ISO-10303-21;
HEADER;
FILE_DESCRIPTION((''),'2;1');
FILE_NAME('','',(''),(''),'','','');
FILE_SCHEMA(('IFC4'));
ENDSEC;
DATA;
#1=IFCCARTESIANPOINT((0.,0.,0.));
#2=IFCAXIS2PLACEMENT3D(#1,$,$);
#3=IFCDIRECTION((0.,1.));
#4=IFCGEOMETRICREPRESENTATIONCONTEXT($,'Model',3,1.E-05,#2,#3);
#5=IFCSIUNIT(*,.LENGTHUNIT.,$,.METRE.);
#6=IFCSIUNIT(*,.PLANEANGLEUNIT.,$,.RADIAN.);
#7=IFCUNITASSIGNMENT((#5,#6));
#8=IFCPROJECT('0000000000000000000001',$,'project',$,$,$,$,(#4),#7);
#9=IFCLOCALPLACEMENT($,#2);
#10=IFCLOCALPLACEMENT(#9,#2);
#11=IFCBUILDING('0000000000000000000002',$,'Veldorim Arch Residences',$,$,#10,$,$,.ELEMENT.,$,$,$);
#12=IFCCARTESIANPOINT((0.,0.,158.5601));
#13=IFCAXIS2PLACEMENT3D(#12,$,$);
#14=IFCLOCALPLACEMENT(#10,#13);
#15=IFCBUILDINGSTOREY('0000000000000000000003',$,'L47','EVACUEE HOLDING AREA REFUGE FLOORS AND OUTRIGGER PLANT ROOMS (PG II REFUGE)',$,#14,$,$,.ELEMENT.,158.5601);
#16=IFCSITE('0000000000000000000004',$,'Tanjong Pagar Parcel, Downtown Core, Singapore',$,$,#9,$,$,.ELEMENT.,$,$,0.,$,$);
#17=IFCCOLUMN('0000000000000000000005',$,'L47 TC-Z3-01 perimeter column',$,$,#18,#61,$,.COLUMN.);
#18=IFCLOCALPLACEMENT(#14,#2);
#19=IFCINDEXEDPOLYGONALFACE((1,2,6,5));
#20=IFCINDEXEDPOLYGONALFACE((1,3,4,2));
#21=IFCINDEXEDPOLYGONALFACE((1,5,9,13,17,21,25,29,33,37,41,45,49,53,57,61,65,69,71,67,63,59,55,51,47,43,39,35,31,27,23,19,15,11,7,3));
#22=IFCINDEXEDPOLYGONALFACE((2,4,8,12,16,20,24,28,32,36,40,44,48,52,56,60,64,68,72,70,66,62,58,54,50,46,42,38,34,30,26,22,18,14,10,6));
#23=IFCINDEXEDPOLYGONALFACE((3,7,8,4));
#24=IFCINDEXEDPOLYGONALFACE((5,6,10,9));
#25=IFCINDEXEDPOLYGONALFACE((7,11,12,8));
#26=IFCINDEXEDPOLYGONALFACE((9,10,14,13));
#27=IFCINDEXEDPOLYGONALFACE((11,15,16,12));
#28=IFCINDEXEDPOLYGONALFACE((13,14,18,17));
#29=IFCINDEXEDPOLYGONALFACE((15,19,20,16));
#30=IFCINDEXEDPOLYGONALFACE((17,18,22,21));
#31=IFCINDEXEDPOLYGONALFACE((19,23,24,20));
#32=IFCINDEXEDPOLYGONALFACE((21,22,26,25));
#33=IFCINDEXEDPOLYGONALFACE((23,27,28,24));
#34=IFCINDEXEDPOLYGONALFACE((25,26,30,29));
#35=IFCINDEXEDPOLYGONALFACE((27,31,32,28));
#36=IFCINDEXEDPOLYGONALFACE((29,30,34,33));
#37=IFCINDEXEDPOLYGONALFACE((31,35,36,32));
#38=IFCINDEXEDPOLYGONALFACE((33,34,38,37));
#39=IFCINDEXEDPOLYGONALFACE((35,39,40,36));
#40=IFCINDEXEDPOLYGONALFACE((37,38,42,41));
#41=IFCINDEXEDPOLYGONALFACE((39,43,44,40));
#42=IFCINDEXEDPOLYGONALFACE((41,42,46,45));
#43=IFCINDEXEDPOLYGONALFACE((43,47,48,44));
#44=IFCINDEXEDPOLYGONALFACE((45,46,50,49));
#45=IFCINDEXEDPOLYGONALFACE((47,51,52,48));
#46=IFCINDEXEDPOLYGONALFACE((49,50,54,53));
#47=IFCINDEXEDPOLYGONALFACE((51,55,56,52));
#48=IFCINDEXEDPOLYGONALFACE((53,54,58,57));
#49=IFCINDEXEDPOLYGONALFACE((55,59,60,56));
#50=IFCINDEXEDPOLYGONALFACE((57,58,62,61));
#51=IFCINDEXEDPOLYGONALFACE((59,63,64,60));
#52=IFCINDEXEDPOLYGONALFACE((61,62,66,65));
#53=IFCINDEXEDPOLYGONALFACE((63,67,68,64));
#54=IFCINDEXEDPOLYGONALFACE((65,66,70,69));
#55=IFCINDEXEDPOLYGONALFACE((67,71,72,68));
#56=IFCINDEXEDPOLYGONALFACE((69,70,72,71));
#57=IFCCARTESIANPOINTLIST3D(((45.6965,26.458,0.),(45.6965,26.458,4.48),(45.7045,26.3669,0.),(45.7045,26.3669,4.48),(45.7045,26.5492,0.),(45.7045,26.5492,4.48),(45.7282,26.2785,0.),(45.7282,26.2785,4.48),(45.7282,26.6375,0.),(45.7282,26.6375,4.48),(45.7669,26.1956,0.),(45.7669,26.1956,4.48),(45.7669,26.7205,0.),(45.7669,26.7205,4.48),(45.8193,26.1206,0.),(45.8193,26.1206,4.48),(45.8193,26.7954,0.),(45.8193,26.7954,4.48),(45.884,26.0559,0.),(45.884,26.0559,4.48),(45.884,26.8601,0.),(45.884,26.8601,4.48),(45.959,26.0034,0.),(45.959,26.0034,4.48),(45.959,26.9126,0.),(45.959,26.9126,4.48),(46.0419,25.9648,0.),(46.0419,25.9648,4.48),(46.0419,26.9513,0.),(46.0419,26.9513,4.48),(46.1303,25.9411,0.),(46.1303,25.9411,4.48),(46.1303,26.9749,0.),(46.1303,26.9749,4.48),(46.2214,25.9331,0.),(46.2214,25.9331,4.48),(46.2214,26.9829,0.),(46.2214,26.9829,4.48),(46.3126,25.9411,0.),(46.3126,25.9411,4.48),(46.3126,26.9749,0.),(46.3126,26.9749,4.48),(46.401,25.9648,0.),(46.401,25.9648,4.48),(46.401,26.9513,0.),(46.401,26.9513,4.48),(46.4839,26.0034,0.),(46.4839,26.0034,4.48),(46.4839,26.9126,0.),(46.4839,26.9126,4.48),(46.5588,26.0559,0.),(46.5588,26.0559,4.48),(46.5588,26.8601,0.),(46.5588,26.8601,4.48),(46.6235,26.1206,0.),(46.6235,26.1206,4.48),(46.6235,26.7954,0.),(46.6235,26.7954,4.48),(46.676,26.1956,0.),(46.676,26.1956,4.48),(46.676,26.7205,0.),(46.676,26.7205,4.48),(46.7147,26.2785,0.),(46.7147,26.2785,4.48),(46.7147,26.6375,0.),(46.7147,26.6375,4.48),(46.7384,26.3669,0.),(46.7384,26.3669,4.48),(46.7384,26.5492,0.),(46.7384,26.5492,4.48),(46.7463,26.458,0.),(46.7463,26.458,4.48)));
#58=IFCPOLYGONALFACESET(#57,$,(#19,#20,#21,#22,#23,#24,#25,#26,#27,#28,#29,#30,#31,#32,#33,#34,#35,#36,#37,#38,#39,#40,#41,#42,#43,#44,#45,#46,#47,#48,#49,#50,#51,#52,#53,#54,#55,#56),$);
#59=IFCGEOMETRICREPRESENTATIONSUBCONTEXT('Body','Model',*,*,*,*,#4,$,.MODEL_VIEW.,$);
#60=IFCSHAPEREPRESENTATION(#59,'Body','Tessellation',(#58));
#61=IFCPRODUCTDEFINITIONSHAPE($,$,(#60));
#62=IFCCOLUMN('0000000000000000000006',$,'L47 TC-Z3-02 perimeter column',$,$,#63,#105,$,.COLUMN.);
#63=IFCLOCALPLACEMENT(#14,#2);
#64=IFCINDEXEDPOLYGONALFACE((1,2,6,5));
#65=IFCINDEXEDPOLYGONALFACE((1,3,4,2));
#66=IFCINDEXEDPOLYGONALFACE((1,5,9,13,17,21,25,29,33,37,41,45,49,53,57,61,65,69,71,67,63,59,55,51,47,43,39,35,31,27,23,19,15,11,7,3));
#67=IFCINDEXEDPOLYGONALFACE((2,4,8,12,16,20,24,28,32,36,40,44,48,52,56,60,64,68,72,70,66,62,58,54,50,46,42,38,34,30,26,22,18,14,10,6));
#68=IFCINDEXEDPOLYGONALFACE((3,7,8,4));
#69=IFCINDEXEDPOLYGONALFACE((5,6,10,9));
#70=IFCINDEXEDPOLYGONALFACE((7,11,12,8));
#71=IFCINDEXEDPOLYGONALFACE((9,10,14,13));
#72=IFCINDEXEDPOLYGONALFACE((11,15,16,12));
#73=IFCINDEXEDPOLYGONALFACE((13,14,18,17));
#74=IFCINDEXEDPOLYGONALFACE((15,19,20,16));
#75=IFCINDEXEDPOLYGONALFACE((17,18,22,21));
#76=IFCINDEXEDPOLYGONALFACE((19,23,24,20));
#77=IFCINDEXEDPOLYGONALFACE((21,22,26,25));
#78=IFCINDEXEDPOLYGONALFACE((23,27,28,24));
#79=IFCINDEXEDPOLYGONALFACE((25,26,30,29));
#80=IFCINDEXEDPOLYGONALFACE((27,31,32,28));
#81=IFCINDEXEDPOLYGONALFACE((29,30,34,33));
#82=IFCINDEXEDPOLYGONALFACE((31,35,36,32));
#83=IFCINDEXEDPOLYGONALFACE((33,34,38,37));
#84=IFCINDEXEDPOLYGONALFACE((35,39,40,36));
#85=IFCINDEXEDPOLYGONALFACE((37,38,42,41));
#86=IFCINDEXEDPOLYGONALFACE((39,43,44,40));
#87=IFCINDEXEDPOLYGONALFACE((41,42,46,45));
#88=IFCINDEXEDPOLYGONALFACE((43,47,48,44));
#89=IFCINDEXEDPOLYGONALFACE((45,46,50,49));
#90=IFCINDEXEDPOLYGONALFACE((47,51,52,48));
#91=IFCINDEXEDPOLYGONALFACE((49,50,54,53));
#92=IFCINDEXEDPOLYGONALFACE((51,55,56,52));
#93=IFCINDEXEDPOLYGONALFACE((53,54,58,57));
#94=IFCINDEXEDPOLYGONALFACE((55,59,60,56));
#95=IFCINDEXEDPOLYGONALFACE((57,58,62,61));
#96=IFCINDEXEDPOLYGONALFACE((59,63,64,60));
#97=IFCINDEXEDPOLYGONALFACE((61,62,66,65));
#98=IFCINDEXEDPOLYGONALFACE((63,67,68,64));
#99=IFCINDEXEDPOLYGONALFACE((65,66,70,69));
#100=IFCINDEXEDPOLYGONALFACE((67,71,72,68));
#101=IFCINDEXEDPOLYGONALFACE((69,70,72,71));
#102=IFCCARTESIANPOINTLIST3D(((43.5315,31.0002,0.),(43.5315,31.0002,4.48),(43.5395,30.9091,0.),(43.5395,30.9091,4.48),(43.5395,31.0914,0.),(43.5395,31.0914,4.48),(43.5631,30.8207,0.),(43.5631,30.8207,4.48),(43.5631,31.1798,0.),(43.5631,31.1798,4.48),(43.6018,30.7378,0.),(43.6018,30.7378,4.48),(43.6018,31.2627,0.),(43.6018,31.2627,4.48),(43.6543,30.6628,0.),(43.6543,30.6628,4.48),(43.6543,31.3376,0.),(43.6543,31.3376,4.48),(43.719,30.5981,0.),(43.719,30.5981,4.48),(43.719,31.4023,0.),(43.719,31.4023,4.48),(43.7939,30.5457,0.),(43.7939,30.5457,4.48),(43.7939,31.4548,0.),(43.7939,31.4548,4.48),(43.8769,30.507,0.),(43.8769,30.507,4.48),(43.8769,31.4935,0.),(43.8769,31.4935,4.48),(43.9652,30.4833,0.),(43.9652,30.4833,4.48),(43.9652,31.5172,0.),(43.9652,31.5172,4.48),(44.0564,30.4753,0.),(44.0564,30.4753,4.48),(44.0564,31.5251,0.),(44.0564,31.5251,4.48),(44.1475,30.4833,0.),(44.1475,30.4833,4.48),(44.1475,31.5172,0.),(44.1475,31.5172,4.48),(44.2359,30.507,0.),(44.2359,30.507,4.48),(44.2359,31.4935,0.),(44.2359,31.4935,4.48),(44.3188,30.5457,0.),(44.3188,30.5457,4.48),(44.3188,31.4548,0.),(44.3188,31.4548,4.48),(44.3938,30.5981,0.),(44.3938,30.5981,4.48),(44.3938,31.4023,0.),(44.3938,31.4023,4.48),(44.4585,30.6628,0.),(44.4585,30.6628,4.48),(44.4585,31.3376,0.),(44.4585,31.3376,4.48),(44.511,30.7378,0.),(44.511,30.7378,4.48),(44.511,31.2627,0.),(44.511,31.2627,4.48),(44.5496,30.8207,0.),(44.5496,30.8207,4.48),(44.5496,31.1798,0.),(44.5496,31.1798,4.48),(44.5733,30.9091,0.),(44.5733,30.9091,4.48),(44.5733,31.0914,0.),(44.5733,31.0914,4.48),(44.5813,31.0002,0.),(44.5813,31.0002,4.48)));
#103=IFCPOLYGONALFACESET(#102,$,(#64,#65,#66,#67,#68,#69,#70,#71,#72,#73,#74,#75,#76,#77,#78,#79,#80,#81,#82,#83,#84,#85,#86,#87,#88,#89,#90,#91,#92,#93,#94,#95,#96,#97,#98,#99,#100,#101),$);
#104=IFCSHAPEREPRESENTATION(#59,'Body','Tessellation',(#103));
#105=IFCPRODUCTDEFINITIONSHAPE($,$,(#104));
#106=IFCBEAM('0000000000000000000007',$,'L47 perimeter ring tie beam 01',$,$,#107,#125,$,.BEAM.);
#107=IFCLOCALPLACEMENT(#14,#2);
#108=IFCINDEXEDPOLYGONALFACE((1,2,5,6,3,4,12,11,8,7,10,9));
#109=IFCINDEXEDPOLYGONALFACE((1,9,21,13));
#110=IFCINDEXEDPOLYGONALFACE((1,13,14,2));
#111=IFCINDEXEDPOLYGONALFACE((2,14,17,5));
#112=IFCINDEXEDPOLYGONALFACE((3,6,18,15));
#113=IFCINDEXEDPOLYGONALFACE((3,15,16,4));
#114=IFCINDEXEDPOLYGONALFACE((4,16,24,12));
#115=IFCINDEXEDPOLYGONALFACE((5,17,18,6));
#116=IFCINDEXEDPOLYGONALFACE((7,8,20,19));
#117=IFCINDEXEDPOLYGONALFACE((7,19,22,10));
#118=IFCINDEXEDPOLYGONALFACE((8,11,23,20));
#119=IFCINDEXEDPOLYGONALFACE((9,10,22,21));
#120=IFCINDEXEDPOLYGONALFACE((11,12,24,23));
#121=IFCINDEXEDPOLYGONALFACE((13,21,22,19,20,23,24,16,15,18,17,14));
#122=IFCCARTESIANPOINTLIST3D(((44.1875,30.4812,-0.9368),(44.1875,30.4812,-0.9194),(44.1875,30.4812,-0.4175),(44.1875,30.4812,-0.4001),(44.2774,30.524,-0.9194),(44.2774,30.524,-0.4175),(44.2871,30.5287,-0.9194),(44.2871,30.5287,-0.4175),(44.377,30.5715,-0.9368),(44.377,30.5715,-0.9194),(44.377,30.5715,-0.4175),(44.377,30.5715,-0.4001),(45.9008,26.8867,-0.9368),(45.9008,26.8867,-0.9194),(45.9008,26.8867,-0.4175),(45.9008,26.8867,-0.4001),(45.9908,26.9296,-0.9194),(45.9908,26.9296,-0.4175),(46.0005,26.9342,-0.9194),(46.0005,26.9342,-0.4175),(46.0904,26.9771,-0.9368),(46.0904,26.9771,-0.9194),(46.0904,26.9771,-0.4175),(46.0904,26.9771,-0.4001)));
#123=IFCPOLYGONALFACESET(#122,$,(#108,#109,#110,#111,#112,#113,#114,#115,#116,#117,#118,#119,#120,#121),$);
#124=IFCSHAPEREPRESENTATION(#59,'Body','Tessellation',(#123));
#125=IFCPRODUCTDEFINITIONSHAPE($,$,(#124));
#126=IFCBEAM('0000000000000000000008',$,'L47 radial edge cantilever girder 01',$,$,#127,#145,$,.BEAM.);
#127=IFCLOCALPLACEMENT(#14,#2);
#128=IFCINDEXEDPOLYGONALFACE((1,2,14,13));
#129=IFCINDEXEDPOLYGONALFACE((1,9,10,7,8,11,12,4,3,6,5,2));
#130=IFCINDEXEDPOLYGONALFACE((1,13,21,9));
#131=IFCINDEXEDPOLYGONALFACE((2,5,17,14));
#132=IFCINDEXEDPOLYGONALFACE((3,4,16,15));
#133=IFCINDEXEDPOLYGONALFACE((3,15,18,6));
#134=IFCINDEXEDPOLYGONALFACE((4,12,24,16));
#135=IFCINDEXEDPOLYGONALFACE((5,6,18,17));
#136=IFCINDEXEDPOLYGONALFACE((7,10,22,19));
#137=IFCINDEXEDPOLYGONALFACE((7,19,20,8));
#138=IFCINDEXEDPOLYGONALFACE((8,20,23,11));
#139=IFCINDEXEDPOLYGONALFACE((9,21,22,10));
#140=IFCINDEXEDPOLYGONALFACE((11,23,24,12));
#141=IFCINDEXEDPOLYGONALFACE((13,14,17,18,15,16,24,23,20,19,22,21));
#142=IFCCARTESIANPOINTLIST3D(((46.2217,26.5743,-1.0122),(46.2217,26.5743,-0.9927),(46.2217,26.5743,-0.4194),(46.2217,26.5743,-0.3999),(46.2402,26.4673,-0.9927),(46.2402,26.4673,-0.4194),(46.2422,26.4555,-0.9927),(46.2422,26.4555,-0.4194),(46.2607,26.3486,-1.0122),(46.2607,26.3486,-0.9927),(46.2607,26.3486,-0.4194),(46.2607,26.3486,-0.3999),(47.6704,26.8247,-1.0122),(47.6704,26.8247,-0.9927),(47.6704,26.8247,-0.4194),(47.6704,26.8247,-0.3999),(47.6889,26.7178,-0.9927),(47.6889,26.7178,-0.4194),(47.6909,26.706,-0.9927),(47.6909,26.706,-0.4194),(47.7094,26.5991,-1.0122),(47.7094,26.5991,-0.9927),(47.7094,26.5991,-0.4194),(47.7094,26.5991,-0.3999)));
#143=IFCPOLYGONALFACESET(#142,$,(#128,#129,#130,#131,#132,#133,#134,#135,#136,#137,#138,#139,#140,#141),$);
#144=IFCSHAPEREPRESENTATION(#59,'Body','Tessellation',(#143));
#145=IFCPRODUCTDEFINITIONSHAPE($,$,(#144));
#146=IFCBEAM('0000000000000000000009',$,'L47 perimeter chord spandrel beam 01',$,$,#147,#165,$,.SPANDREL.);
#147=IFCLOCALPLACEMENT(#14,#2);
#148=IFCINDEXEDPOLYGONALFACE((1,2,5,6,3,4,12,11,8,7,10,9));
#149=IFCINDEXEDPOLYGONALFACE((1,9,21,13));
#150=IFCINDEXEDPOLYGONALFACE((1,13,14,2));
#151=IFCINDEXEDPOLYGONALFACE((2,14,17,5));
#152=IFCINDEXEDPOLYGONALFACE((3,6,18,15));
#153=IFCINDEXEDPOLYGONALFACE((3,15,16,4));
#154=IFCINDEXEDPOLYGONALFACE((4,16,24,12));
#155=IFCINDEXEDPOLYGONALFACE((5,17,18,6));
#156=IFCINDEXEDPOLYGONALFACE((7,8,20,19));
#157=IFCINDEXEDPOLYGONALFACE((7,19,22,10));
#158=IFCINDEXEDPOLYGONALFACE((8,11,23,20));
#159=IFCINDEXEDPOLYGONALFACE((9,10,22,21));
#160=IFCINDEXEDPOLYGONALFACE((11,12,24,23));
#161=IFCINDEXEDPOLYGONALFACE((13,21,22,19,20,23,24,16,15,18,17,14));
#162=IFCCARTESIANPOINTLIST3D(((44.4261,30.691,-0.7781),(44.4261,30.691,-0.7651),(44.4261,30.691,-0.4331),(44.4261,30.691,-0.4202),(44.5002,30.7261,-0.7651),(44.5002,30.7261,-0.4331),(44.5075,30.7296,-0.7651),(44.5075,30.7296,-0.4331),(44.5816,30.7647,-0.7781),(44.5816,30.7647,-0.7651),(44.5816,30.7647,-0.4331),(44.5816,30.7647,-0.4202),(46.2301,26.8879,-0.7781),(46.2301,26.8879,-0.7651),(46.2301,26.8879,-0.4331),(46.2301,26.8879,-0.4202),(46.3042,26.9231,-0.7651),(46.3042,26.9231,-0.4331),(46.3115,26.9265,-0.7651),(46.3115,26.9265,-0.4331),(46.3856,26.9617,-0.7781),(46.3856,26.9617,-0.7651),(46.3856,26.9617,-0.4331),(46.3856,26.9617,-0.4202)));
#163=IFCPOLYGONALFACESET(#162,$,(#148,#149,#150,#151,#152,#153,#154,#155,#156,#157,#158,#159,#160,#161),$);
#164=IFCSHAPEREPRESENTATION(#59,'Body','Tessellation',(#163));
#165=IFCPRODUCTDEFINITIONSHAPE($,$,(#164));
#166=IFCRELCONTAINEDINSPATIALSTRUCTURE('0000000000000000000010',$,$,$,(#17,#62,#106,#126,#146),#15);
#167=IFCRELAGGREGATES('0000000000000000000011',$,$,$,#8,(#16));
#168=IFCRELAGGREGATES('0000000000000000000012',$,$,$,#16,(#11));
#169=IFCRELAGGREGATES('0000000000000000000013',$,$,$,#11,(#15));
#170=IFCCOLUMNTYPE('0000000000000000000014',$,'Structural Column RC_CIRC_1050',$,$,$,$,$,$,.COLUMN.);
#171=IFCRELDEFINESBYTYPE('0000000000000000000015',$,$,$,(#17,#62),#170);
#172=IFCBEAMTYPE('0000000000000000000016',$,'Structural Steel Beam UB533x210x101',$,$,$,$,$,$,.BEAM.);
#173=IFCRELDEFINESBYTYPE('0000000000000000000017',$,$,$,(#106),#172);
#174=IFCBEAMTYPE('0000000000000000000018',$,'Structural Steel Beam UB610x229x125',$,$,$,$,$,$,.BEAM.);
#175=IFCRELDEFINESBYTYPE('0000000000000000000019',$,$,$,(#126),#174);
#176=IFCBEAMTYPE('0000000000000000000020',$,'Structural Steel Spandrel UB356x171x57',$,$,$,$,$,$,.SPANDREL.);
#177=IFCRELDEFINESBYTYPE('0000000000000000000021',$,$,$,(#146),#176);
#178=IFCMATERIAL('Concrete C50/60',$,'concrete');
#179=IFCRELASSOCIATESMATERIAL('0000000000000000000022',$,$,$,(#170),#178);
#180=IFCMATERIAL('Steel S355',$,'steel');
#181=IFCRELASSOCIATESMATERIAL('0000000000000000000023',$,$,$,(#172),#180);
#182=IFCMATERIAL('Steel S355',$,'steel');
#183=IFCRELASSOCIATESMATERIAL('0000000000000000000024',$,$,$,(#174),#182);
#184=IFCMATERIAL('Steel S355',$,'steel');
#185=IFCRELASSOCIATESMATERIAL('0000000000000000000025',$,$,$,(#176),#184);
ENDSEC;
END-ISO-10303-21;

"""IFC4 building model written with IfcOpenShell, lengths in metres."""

from ifc_helpers import new_model, si_unit, direction, frame, origin, origin_2d, place, context, subcontext, project, spatial, circle, i_section, extrude, material, material_profile, profile_set, type_object, element, save


model = new_model("IFC4")

# Units and contexts
model_context = context("Model", 3, precision=1e-05, world=origin(), true_north=direction((0.0, 1.0)))
body_context = subcontext(model_context, "Body", "Model", "MODEL_VIEW")
ifc_project = project(units=[si_unit("LENGTHUNIT", "METRE"), si_unit("PLANEANGLEUNIT", "RADIAN")], contexts=[model_context])

# Site, building, storey
site_placement = place(None, origin())
site = spatial("IfcSite", under=ifc_project, at=site_placement, Name="Tanjong Pagar Parcel, Downtown Core, Singapore", CompositionType="ELEMENT", RefElevation=0.0)
building_placement = place(site_placement, origin())
building = spatial("IfcBuilding", under=site, at=building_placement, Name="Veldorim Arch Residences", CompositionType="ELEMENT")
storey_placement = place(building_placement, frame((0.0, 0.0, 158.5601)))
storey = spatial("IfcBuildingStorey", under=building, at=storey_placement, Name="L47", Description="EVACUEE HOLDING AREA REFUGE FLOORS AND OUTRIGGER PLANT ROOMS (PG II REFUGE)", CompositionType="ELEMENT", Elevation=158.5601)

# Columns
ifc_material_1 = material(Name="Concrete C50/60", Category="concrete")
ifc_material_profile_1 = material_profile(ifc_material_1, circle(Radius=0.5249, at=origin_2d()), Name="RC_CIRC_1050")
ifc_profile_set_1 = profile_set([ifc_material_profile_1], Name="Concrete C50/60")
column_type = type_object("IfcColumnType", Name="Structural Column RC_CIRC_1050", PredefinedType="COLUMN", material=ifc_profile_set_1)
for number, where, z_axis, x_axis, name in (
    (1, (46.2214, 26.458, 0.0), (0.0, 0.0, 1.0), (1.0, 0.0, 0.0), "L47 TC-Z3-01 perimeter column"),
    (2, (44.0564, 31.0002, 0.0), (0.0, 0.0, 1.0), (1.0, 0.0, 0.0), "L47 TC-Z3-02 perimeter column"),
):
    element("IfcColumn", number, at=place(storey_placement, frame(where, z_axis=z_axis, x_axis=x_axis)), inside=storey, type_object=column_type, Name=name, PredefinedType="COLUMN", context=body_context, shape_type="SweptSolid", body=[
        extrude(circle(Radius=0.5249, at=origin_2d()), origin(), (0.0, 0.0, 1.0), 4.48),
    ])

# Beams
ifc_material_2 = material(Name="Steel S355", Category="steel")
ifc_material_profile_2 = material_profile(ifc_material_2, i_section(OverallWidth=0.21, OverallDepth=0.5366, WebThickness=0.0107, FlangeThickness=0.0173, at=origin_2d()), Name="UB533x210x101")
ifc_profile_set_2 = profile_set([ifc_material_profile_2], Name="Steel S355")
beam_type_1 = type_object("IfcBeamType", Name="Structural Steel Beam UB533x210x101", PredefinedType="BEAM", material=ifc_profile_set_2)
beam_1_placement = place(storey_placement, frame((45.9956, 26.9319, -0.6685), z_axis=(-0.430286, 0.902693, 0.0), x_axis=(-0.902693, -0.430286, 0.0)))
element("IfcBeam", 3, at=beam_1_placement, inside=storey, type_object=beam_type_1, Name="L47 perimeter ring tie beam 01", PredefinedType="BEAM", context=body_context, shape_type="SweptSolid", body=[
    extrude(i_section(OverallWidth=0.21, OverallDepth=0.5366, WebThickness=0.0107, FlangeThickness=0.0173, at=origin_2d()), origin(), (0.0, 0.0, 1.0), 3.9819),
])
ifc_material_3 = material(Name="Steel S355", Category="steel")
ifc_material_profile_3 = material_profile(ifc_material_3, i_section(OverallWidth=0.229, OverallDepth=0.6123, WebThickness=0.012, FlangeThickness=0.0195, at=origin_2d()), Name="UB610x229x125")
ifc_profile_set_3 = profile_set([ifc_material_profile_3], Name="Steel S355")
beam_type_2 = type_object("IfcBeamType", Name="Structural Steel Beam UB610x229x125", PredefinedType="BEAM", material=ifc_profile_set_3)
beam_2_placement = place(storey_placement, frame((46.2412, 26.4614, -0.7061), z_axis=(0.985379, 0.170374, 0.0), x_axis=(-0.170374, 0.985379, 0.0)))
element("IfcBeam", 4, at=beam_2_placement, inside=storey, type_object=beam_type_2, Name="L47 radial edge cantilever girder 01", PredefinedType="BEAM", context=body_context, shape_type="SweptSolid", body=[
    extrude(i_section(OverallWidth=0.229, OverallDepth=0.6123, WebThickness=0.012, FlangeThickness=0.0195, at=origin_2d()), origin(), (0.0, 0.0, 1.0), 1.4702),
])
ifc_material_4 = material(Name="Steel S355", Category="steel")
ifc_material_profile_4 = material_profile(ifc_material_4, i_section(OverallWidth=0.1721, OverallDepth=0.3579, WebThickness=0.0081, FlangeThickness=0.0129, at=origin_2d()), Name="UB356x171x57")
ifc_profile_set_4 = profile_set([ifc_material_profile_4], Name="Steel S355")
beam_type_3 = type_object("IfcBeamType", Name="Structural Steel Spandrel UB356x171x57", PredefinedType="SPANDREL", material=ifc_profile_set_4)
beam_3_placement = place(storey_placement, frame((46.3079, 26.9248, -0.5991), z_axis=(-0.42858, 0.903504, 0.0), x_axis=(-0.903504, -0.42858, 0.0)))
element("IfcBeam", 5, at=beam_3_placement, inside=storey, type_object=beam_type_3, Name="L47 perimeter chord spandrel beam 01", PredefinedType="SPANDREL", context=body_context, shape_type="SweptSolid", body=[
    extrude(i_section(OverallWidth=0.1721, OverallDepth=0.3579, WebThickness=0.0081, FlangeThickness=0.0129, at=origin_2d()), origin(), (0.0, 0.0, 1.0), 4.2092),
])

save(model, "model.ifc")
